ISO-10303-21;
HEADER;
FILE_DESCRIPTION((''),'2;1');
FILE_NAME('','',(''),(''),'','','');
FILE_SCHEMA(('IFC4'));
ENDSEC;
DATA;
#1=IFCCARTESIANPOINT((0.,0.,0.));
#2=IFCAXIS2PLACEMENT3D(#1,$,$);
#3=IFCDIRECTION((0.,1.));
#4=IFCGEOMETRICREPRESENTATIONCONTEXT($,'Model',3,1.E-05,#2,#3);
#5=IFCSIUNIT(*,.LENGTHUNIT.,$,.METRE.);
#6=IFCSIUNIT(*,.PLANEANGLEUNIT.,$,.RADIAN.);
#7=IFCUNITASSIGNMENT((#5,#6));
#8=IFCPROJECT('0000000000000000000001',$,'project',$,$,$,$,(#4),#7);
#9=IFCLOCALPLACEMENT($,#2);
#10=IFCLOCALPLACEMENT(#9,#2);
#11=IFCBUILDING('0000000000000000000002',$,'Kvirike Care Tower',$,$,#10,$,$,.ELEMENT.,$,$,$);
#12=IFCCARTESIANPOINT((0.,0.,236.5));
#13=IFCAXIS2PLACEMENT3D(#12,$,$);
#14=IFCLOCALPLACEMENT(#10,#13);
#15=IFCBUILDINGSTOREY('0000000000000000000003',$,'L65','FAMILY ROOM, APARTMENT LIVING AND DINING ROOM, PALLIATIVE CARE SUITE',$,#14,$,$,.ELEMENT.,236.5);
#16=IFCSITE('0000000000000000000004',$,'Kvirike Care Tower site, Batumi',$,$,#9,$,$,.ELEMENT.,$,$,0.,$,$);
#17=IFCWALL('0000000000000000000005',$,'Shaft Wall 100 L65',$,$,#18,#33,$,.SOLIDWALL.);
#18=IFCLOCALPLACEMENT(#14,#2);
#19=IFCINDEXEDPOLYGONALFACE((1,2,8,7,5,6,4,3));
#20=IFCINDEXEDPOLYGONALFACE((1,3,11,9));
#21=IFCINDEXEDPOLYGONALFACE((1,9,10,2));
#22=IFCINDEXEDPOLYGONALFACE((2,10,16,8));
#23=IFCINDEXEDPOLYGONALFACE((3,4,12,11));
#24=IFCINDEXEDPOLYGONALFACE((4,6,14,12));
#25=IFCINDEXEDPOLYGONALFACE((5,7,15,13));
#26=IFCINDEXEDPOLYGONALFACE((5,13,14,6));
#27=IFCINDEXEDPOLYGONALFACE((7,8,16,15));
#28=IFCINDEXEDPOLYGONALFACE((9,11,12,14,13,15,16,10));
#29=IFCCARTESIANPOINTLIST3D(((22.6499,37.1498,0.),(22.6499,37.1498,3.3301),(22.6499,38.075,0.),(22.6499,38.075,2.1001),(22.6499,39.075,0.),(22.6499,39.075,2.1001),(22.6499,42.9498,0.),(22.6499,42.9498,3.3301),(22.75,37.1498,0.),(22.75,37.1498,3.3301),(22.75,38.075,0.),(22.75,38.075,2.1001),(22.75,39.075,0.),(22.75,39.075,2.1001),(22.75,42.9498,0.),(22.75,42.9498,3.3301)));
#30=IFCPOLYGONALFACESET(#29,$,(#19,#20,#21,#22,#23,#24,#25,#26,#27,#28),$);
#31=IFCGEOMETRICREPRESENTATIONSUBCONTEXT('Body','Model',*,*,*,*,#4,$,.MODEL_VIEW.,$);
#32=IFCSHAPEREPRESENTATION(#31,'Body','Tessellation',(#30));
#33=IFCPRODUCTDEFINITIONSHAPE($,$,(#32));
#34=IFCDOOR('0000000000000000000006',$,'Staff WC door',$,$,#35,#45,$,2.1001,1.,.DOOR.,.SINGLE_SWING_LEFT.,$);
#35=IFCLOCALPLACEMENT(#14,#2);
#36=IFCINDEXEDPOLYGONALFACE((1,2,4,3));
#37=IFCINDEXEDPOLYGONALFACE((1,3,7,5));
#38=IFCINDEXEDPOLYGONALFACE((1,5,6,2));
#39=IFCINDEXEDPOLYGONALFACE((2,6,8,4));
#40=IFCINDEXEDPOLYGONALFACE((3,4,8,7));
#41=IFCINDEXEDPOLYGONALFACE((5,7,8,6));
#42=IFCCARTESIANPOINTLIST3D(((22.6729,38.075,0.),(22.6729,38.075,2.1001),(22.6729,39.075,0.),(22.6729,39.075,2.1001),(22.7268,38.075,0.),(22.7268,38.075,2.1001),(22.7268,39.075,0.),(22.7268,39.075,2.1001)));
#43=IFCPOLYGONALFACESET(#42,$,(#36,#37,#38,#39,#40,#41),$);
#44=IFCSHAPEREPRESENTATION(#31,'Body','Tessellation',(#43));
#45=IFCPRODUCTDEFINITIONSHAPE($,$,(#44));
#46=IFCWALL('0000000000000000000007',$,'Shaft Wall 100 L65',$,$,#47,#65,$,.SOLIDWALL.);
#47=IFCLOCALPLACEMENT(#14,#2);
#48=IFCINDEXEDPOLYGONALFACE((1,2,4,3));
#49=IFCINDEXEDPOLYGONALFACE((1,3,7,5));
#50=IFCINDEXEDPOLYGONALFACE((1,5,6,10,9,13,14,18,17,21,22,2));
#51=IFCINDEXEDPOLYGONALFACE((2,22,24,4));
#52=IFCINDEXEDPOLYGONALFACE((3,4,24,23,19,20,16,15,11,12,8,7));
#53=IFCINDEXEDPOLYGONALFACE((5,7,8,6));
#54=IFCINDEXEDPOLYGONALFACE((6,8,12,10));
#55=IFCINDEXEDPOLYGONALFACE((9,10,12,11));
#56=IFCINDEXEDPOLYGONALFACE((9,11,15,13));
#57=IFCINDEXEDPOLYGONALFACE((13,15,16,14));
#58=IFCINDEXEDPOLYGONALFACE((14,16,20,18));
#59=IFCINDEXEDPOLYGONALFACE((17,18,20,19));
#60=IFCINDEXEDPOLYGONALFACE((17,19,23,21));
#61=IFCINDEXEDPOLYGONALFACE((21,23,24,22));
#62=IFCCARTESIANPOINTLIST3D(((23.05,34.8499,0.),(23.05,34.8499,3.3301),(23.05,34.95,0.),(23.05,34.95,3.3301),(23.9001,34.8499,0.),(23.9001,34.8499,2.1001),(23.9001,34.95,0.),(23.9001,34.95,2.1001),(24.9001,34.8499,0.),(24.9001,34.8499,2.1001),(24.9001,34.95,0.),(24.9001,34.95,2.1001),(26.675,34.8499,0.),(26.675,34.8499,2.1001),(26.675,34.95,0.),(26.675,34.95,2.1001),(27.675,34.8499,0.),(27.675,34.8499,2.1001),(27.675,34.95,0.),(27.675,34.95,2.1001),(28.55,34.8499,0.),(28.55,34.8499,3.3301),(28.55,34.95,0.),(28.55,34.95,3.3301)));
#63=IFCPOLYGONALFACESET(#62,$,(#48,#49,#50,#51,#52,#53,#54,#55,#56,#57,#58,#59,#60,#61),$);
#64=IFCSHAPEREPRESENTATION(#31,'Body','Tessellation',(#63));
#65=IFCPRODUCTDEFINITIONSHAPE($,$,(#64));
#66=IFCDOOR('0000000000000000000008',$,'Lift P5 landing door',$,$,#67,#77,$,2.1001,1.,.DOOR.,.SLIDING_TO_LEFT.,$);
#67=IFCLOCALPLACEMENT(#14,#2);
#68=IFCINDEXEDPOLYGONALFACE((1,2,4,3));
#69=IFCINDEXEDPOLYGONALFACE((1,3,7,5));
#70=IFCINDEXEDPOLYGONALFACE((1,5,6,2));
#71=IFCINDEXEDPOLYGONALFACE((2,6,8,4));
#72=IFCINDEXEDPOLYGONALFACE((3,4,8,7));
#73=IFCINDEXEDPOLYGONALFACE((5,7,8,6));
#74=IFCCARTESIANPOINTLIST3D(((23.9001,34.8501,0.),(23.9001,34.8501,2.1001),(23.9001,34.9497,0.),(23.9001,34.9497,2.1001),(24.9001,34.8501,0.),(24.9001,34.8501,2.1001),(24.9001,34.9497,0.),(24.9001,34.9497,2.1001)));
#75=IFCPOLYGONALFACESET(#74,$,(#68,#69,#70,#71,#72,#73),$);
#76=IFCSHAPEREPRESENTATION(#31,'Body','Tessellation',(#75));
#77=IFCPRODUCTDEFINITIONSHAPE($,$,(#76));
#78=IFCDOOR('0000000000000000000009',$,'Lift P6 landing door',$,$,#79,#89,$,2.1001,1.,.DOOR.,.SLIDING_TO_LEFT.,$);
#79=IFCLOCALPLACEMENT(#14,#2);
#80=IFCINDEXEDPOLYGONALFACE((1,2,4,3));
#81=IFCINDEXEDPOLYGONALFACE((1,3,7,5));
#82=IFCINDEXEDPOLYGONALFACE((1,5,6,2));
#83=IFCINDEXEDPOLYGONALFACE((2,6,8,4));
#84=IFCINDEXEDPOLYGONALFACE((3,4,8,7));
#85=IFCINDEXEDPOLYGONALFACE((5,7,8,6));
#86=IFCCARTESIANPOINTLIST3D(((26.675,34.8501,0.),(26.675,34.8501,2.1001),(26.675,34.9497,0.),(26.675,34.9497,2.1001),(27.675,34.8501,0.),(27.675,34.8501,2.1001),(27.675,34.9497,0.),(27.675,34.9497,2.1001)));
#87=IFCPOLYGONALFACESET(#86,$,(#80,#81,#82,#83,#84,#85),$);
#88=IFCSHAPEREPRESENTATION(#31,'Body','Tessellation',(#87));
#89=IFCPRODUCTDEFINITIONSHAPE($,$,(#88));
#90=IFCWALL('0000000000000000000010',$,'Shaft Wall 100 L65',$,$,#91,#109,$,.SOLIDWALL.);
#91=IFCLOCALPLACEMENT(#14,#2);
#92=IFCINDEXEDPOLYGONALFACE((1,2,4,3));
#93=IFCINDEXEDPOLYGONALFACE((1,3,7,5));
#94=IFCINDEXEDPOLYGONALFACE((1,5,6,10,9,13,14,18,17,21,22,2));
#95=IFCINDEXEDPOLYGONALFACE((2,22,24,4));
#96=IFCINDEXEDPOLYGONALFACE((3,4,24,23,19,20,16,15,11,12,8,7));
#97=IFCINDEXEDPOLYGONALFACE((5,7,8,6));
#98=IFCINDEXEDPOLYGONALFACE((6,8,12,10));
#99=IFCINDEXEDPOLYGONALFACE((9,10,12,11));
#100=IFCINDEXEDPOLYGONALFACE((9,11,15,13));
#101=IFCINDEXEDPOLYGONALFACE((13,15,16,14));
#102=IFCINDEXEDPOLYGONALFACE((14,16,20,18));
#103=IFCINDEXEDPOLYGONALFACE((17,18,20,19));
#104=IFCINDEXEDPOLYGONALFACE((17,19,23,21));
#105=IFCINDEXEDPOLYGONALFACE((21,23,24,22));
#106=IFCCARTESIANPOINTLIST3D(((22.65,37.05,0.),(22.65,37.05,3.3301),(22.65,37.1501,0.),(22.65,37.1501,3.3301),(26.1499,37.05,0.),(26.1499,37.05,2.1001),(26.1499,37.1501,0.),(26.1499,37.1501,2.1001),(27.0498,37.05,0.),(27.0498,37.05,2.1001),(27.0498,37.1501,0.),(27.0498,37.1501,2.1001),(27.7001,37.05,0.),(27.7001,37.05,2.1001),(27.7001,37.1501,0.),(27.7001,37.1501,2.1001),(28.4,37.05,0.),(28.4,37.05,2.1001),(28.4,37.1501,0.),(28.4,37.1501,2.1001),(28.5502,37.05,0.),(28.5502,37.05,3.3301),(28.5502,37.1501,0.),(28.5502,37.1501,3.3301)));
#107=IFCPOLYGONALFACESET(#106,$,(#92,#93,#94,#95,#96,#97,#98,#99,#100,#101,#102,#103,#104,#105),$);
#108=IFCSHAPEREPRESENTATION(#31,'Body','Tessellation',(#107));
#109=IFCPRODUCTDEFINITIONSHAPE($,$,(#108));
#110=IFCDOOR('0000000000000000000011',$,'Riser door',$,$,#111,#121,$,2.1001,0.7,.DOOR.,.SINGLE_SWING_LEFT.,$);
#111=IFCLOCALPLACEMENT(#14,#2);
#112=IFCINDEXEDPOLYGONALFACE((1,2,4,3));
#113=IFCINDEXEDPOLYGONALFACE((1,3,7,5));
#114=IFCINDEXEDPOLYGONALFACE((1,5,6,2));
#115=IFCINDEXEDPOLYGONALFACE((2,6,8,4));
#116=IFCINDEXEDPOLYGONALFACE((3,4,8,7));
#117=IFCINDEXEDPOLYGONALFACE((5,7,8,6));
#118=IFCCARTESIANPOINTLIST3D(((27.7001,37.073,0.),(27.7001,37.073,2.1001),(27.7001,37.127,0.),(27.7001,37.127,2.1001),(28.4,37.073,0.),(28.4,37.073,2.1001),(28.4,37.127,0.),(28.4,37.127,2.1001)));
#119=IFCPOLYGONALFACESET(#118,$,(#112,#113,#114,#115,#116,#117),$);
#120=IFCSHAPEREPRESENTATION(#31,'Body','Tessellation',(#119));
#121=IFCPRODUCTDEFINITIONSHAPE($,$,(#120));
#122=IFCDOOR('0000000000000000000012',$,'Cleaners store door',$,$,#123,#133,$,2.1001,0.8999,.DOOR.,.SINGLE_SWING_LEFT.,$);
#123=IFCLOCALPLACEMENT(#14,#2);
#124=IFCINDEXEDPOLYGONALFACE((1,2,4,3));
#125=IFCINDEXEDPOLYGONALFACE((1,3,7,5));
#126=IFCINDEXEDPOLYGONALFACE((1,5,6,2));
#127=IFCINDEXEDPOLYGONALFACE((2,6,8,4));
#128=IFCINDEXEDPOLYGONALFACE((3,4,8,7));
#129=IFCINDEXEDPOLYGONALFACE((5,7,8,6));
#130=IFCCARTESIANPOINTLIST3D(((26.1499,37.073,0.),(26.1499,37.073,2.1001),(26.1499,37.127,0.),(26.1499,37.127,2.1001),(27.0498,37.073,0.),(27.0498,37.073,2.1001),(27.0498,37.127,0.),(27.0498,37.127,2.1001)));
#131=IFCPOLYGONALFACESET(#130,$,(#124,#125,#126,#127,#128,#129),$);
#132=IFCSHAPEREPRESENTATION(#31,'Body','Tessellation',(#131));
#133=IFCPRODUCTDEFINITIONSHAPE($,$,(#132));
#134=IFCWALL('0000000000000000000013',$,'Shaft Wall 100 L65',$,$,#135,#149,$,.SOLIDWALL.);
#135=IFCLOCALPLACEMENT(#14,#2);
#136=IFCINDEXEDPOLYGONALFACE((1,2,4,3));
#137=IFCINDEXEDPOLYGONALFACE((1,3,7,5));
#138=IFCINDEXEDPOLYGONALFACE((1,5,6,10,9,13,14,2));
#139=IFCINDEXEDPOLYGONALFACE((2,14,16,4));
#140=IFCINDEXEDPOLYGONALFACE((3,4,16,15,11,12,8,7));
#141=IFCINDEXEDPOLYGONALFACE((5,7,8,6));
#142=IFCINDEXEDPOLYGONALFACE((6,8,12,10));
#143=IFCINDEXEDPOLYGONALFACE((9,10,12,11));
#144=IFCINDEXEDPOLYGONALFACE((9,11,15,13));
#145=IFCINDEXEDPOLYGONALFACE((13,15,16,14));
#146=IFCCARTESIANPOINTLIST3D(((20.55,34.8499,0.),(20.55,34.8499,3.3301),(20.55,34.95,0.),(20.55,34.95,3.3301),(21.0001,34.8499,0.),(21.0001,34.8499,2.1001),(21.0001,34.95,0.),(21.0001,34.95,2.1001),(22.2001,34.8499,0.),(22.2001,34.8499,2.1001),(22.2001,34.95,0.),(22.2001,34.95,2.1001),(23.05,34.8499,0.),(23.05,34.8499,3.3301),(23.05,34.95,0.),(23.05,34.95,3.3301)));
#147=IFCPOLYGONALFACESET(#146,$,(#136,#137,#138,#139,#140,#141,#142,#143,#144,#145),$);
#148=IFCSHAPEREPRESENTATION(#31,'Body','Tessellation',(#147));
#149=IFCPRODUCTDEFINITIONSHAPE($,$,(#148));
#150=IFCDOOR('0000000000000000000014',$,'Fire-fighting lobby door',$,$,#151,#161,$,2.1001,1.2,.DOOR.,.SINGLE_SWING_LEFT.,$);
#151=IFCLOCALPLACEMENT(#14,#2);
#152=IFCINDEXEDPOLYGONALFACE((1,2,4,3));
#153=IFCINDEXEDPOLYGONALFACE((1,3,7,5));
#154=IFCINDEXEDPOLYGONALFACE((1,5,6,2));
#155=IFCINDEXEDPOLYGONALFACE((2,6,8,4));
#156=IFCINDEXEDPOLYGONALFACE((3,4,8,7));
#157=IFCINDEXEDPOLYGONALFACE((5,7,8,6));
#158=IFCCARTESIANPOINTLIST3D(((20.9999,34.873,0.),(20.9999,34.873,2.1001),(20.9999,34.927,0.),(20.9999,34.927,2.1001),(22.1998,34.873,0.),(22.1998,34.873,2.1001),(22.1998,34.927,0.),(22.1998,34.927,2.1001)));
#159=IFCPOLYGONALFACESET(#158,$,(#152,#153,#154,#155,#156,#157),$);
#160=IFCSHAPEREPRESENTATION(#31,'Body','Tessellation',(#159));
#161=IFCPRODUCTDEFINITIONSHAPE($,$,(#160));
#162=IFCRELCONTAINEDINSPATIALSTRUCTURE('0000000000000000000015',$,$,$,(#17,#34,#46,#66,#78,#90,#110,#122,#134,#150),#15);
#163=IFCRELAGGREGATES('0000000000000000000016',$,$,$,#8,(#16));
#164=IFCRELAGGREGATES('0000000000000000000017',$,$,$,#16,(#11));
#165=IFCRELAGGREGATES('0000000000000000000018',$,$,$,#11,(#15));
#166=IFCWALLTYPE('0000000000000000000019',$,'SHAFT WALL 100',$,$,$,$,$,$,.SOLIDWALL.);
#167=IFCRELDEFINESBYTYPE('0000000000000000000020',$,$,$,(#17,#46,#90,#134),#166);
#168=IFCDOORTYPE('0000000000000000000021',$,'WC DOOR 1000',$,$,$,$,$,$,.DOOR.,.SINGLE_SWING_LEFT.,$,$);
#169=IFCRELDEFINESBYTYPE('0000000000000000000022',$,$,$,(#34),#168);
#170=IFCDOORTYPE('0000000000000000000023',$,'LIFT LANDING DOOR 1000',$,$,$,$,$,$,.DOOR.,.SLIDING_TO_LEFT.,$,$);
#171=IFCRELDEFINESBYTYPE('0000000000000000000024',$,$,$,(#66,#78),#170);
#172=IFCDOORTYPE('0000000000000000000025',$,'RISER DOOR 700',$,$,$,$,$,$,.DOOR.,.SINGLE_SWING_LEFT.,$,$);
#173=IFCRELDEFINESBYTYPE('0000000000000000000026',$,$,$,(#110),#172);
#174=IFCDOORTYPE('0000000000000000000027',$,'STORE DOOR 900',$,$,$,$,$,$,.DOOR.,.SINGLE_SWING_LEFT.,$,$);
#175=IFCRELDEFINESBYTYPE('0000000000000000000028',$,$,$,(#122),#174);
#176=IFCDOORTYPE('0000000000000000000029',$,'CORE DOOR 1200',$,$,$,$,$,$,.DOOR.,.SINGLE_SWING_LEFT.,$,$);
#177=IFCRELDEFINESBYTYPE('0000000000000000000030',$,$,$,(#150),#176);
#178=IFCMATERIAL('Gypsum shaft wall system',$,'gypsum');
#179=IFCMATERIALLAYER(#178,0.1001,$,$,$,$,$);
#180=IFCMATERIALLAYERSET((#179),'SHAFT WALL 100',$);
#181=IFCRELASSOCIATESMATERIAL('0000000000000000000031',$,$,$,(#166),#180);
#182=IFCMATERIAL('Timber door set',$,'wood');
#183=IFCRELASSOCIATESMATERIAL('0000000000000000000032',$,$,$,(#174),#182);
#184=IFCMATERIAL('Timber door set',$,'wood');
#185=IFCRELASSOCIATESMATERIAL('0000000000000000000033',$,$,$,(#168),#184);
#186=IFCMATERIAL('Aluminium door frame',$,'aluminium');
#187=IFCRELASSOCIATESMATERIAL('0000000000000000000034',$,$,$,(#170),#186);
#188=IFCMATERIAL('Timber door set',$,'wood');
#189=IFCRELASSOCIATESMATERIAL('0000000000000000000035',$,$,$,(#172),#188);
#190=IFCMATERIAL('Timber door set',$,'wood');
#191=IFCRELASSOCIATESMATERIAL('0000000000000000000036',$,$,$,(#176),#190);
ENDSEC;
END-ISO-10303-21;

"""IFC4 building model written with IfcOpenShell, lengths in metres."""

from ifc_helpers import new_model, si_unit, direction, frame, frame_2d, origin, place, context, subcontext, project, spatial, rectangle, extrude, material, layer, layer_set, type_object, element, fill, save


model = new_model("IFC4")

# Units and contexts
model_context = context("Model", 3, precision=1e-05, world=origin(), true_north=direction((0.0, 1.0)))
body_context = subcontext(model_context, "Body", "Model", "MODEL_VIEW")
ifc_project = project(units=[si_unit("LENGTHUNIT", "METRE"), si_unit("PLANEANGLEUNIT", "RADIAN")], contexts=[model_context])

# Site, building, storey
site_placement = place(None, origin())
site = spatial("IfcSite", under=ifc_project, at=site_placement, Name="Kvirike Care Tower site, Batumi", CompositionType="ELEMENT", RefElevation=0.0)
building_placement = place(site_placement, origin())
building = spatial("IfcBuilding", under=site, at=building_placement, Name="Kvirike Care Tower", CompositionType="ELEMENT")
storey_placement = place(building_placement, frame((0.0, 0.0, 236.5)))
storey = spatial("IfcBuildingStorey", under=building, at=storey_placement, Name="L65", Description="FAMILY ROOM, APARTMENT LIVING AND DINING ROOM, PALLIATIVE CARE SUITE", CompositionType="ELEMENT", Elevation=236.5)

# Shared definitions
ifc_material_1 = material(Name="Gypsum shaft wall system", Category="gypsum")
ifc_layer_1 = layer(ifc_material_1, 0.1001)
ifc_layer_set_1 = layer_set([ifc_layer_1], Name="SHAFT WALL 100")
wall_type = type_object("IfcWallType", Name="SHAFT WALL 100", PredefinedType="SOLIDWALL", material=ifc_layer_set_1)

# Wall, opening, door
ifc_material_2 = material(Name="Timber door set", Category="wood")
door_type_1 = type_object("IfcDoorType", Name="STORE DOOR 900", OperationType="SINGLE_SWING_LEFT", PredefinedType="DOOR", material=ifc_material_2)
wall_1_placement = place(storey_placement, frame((22.7, 37.1499, 0.0), z_axis=(0.0, 0.0, 1.0), x_axis=(0.0, 1.0, 0.0)))
wall_1 = element("IfcWall", 1, at=wall_1_placement, inside=storey, type_object=wall_type, Name="Shaft Wall 100 L65", PredefinedType="SOLIDWALL", context=body_context, shape_type="SweptSolid", body=[
    extrude(rectangle(XDim=5.8, YDim=0.1001, at=frame_2d((2.8999, 0.0))), origin(), (0.0, 0.0, 1.0), 3.3301),
])
opening_1_placement = place(wall_1_placement, frame((0.925, 0.0, 0.0)))
opening_1 = element("IfcOpeningElement", 2, at=opening_1_placement, cuts=wall_1, PredefinedType="OPENING", context=body_context, shape_type="SweptSolid", body=[
    extrude(rectangle(XDim=1.0, YDim=2.1001, at=frame_2d((0.5, 1.05))), frame((0.0, 0.0605, 0.0), z_axis=(0.0, -1.0, 0.0), x_axis=(1.0, 0.0, 0.0)), (0.0, 0.0, 1.0), 0.1211),
])
ifc_material_3 = material(Name="Timber door set", Category="wood")
door_type_2 = type_object("IfcDoorType", Name="WC DOOR 1000", OperationType="SINGLE_SWING_LEFT", PredefinedType="DOOR", material=ifc_material_3)
door_1_placement = place(opening_1_placement, frame((1.0, 0.0, 0.0), z_axis=(0.0, 0.0, 1.0), x_axis=(-1.0, 0.0, 0.0)))
door_1 = element("IfcDoor", 3, at=door_1_placement, inside=storey, type_object=door_type_2, Name="Staff WC door", OperationType="SINGLE_SWING_LEFT", OverallHeight=2.1001, OverallWidth=1.0, PredefinedType="DOOR", context=body_context, shape_type="SweptSolid", body=[
    extrude(rectangle(XDim=1.0, YDim=2.1001, at=frame_2d((0.5, 1.05))), frame((0.0, 0.0269, 0.0), z_axis=(0.0, -1.0, 0.0), x_axis=(1.0, 0.0, 0.0)), (0.0, 0.0, 1.0), 0.054),
])
fill(opening_1, door_1)

# Walls, openings, doors
wall_2_placement = place(storey_placement, frame((23.05, 34.8999, 0.0), z_axis=(0.0, 0.0, 1.0), x_axis=(1.0, 0.0, 0.0)))
wall_2 = element("IfcWall", 4, at=wall_2_placement, inside=storey, type_object=wall_type, Name="Shaft Wall 100 L65", PredefinedType="SOLIDWALL", context=body_context, shape_type="SweptSolid", body=[
    extrude(rectangle(XDim=5.5, YDim=0.1001, at=frame_2d((2.75, 0.0))), origin(), (0.0, 0.0, 1.0), 3.3301),
])
opening_2_placement = place(wall_2_placement, frame((0.8501, 0.0, 0.0)))
opening_2 = element("IfcOpeningElement", 5, at=opening_2_placement, cuts=wall_2, PredefinedType="OPENING", context=body_context, shape_type="SweptSolid", body=[
    extrude(rectangle(XDim=1.0, YDim=2.1001, at=frame_2d((0.5, 1.05))), frame((0.0, 0.0605, 0.0), z_axis=(0.0, -1.0, 0.0), x_axis=(1.0, 0.0, 0.0)), (0.0, 0.0, 1.0), 0.1211),
])
opening_3_placement = place(wall_2_placement, frame((3.625, 0.0, 0.0)))
opening_3 = element("IfcOpeningElement", 6, at=opening_3_placement, cuts=wall_2, PredefinedType="OPENING", context=body_context, shape_type="SweptSolid", body=[
    extrude(rectangle(XDim=1.0, YDim=2.1001, at=frame_2d((0.5, 1.05))), frame((0.0, 0.0605, 0.0), z_axis=(0.0, -1.0, 0.0), x_axis=(1.0, 0.0, 0.0)), (0.0, 0.0, 1.0), 0.1211),
])
ifc_material_4 = material(Name="Aluminium door frame", Category="aluminium")
door_type_3 = type_object("IfcDoorType", Name="LIFT LANDING DOOR 1000", OperationType="SLIDING_TO_LEFT", PredefinedType="DOOR", material=ifc_material_4)
door_2_placement = place(opening_2_placement, origin())
door_2 = element("IfcDoor", 7, at=door_2_placement, inside=storey, type_object=door_type_3, Name="Lift P5 landing door", OperationType="SLIDING_TO_LEFT", OverallHeight=2.1001, OverallWidth=1.0, PredefinedType="DOOR", context=body_context, shape_type="SweptSolid", body=[
    extrude(rectangle(XDim=1.0, YDim=2.1001, at=frame_2d((0.5, 1.05))), frame((0.0, 0.0498, 0.0), z_axis=(0.0, -1.0, 0.0), x_axis=(1.0, 0.0, 0.0)), (0.0, 0.0, 1.0), 0.0996),
])
fill(opening_2, door_2)
door_3_placement = place(opening_3_placement, origin())
door_3 = element("IfcDoor", 8, at=door_3_placement, inside=storey, type_object=door_type_3, Name="Lift P6 landing door", OperationType="SLIDING_TO_LEFT", OverallHeight=2.1001, OverallWidth=1.0, PredefinedType="DOOR", context=body_context, shape_type="SweptSolid", body=[
    extrude(rectangle(XDim=1.0, YDim=2.1001, at=frame_2d((0.5, 1.05))), frame((0.0, 0.0498, 0.0), z_axis=(0.0, -1.0, 0.0), x_axis=(1.0, 0.0, 0.0)), (0.0, 0.0, 1.0), 0.0996),
])
fill(opening_3, door_3)
wall_3_placement = place(storey_placement, frame((22.6499, 37.1001, 0.0), z_axis=(0.0, 0.0, 1.0), x_axis=(1.0, 0.0, 0.0)))
wall_3 = element("IfcWall", 9, at=wall_3_placement, inside=storey, type_object=wall_type, Name="Shaft Wall 100 L65", PredefinedType="SOLIDWALL", context=body_context, shape_type="SweptSolid", body=[
    extrude(rectangle(XDim=5.9001, YDim=0.1001, at=frame_2d((2.9502, 0.0))), origin(), (0.0, 0.0, 1.0), 3.3301),
])
opening_4_placement = place(wall_3_placement, frame((3.5, 0.0, 0.0)))
opening_4 = element("IfcOpeningElement", 10, at=opening_4_placement, cuts=wall_3, PredefinedType="OPENING", context=body_context, shape_type="SweptSolid", body=[
    extrude(rectangle(XDim=0.8999, YDim=2.1001, at=frame_2d((0.45, 1.05))), frame((0.0, 0.0605, 0.0), z_axis=(0.0, -1.0, 0.0), x_axis=(1.0, 0.0, 0.0)), (0.0, 0.0, 1.0), 0.1211),
])
opening_5_placement = place(wall_3_placement, frame((5.05, 0.0, 0.0)))
opening_5 = element("IfcOpeningElement", 11, at=opening_5_placement, cuts=wall_3, PredefinedType="OPENING", context=body_context, shape_type="SweptSolid", body=[
    extrude(rectangle(XDim=0.7, YDim=2.1001, at=frame_2d((0.3501, 1.05))), frame((0.0, 0.0605, 0.0), z_axis=(0.0, -1.0, 0.0), x_axis=(1.0, 0.0, 0.0)), (0.0, 0.0, 1.0), 0.1211),
])
ifc_material_5 = material(Name="Timber door set", Category="wood")
door_type_4 = type_object("IfcDoorType", Name="RISER DOOR 700", OperationType="SINGLE_SWING_LEFT", PredefinedType="DOOR", material=ifc_material_5)
door_4_placement = place(opening_5_placement, origin())
door_4 = element("IfcDoor", 12, at=door_4_placement, inside=storey, type_object=door_type_4, Name="Riser door", OperationType="SINGLE_SWING_LEFT", OverallHeight=2.1001, OverallWidth=0.7, PredefinedType="DOOR", context=body_context, shape_type="SweptSolid", body=[
    extrude(rectangle(XDim=0.7, YDim=2.1001, at=frame_2d((0.3501, 1.05))), frame((0.0, 0.0269, 0.0), z_axis=(0.0, -1.0, 0.0), x_axis=(1.0, 0.0, 0.0)), (0.0, 0.0, 1.0), 0.054),
])
fill(opening_5, door_4)
door_5_placement = place(opening_4_placement, origin())
door_5 = element("IfcDoor", 13, at=door_5_placement, inside=storey, type_object=door_type_1, Name="Cleaners store door", OperationType="SINGLE_SWING_LEFT", OverallHeight=2.1001, OverallWidth=0.8999, PredefinedType="DOOR", context=body_context, shape_type="SweptSolid", body=[
    extrude(rectangle(XDim=0.8999, YDim=2.1001, at=frame_2d((0.45, 1.05))), frame((0.0, 0.0269, 0.0), z_axis=(0.0, -1.0, 0.0), x_axis=(1.0, 0.0, 0.0)), (0.0, 0.0, 1.0), 0.054),
])
fill(opening_4, door_5)

# Wall, opening, door
wall_4_placement = place(storey_placement, frame((20.55, 34.8999, 0.0), z_axis=(0.0, 0.0, 1.0), x_axis=(1.0, 0.0, 0.0)))
wall_4 = element("IfcWall", 14, at=wall_4_placement, inside=storey, type_object=wall_type, Name="Shaft Wall 100 L65", PredefinedType="SOLIDWALL", context=body_context, shape_type="SweptSolid", body=[
    extrude(rectangle(XDim=2.5, YDim=0.1001, at=frame_2d((1.25, 0.0))), origin(), (0.0, 0.0, 1.0), 3.3301),
])
opening_6_placement = place(wall_4_placement, frame((0.45, 0.0, 0.0)))
opening_6 = element("IfcOpeningElement", 15, at=opening_6_placement, cuts=wall_4, PredefinedType="OPENING", context=body_context, shape_type="SweptSolid", body=[
    extrude(rectangle(XDim=1.2, YDim=2.1001, at=frame_2d((0.6001, 1.05))), frame((0.0, 0.0605, 0.0), z_axis=(0.0, -1.0, 0.0), x_axis=(1.0, 0.0, 0.0)), (0.0, 0.0, 1.0), 0.1211),
])
ifc_material_6 = material(Name="Timber door set", Category="wood")
door_type_5 = type_object("IfcDoorType", Name="CORE DOOR 1200", OperationType="SINGLE_SWING_LEFT", PredefinedType="DOOR", material=ifc_material_6)
door_6_placement = place(opening_6_placement, frame((1.2, 0.0, 0.0), z_axis=(0.0, 0.0, 1.0), x_axis=(-1.0, 0.0, 0.0)))
door_6 = element("IfcDoor", 16, at=door_6_placement, inside=storey, type_object=door_type_5, Name="Fire-fighting lobby door", OperationType="SINGLE_SWING_LEFT", OverallHeight=2.1001, OverallWidth=1.2, PredefinedType="DOOR", context=body_context, shape_type="SweptSolid", body=[
    extrude(rectangle(XDim=1.2, YDim=2.1001, at=frame_2d((0.6001, 1.05))), frame((0.0, 0.0269, 0.0), z_axis=(0.0, -1.0, 0.0), x_axis=(1.0, 0.0, 0.0)), (0.0, 0.0, 1.0), 0.054),
])
fill(opening_6, door_6)

save(model, "model.ifc")
